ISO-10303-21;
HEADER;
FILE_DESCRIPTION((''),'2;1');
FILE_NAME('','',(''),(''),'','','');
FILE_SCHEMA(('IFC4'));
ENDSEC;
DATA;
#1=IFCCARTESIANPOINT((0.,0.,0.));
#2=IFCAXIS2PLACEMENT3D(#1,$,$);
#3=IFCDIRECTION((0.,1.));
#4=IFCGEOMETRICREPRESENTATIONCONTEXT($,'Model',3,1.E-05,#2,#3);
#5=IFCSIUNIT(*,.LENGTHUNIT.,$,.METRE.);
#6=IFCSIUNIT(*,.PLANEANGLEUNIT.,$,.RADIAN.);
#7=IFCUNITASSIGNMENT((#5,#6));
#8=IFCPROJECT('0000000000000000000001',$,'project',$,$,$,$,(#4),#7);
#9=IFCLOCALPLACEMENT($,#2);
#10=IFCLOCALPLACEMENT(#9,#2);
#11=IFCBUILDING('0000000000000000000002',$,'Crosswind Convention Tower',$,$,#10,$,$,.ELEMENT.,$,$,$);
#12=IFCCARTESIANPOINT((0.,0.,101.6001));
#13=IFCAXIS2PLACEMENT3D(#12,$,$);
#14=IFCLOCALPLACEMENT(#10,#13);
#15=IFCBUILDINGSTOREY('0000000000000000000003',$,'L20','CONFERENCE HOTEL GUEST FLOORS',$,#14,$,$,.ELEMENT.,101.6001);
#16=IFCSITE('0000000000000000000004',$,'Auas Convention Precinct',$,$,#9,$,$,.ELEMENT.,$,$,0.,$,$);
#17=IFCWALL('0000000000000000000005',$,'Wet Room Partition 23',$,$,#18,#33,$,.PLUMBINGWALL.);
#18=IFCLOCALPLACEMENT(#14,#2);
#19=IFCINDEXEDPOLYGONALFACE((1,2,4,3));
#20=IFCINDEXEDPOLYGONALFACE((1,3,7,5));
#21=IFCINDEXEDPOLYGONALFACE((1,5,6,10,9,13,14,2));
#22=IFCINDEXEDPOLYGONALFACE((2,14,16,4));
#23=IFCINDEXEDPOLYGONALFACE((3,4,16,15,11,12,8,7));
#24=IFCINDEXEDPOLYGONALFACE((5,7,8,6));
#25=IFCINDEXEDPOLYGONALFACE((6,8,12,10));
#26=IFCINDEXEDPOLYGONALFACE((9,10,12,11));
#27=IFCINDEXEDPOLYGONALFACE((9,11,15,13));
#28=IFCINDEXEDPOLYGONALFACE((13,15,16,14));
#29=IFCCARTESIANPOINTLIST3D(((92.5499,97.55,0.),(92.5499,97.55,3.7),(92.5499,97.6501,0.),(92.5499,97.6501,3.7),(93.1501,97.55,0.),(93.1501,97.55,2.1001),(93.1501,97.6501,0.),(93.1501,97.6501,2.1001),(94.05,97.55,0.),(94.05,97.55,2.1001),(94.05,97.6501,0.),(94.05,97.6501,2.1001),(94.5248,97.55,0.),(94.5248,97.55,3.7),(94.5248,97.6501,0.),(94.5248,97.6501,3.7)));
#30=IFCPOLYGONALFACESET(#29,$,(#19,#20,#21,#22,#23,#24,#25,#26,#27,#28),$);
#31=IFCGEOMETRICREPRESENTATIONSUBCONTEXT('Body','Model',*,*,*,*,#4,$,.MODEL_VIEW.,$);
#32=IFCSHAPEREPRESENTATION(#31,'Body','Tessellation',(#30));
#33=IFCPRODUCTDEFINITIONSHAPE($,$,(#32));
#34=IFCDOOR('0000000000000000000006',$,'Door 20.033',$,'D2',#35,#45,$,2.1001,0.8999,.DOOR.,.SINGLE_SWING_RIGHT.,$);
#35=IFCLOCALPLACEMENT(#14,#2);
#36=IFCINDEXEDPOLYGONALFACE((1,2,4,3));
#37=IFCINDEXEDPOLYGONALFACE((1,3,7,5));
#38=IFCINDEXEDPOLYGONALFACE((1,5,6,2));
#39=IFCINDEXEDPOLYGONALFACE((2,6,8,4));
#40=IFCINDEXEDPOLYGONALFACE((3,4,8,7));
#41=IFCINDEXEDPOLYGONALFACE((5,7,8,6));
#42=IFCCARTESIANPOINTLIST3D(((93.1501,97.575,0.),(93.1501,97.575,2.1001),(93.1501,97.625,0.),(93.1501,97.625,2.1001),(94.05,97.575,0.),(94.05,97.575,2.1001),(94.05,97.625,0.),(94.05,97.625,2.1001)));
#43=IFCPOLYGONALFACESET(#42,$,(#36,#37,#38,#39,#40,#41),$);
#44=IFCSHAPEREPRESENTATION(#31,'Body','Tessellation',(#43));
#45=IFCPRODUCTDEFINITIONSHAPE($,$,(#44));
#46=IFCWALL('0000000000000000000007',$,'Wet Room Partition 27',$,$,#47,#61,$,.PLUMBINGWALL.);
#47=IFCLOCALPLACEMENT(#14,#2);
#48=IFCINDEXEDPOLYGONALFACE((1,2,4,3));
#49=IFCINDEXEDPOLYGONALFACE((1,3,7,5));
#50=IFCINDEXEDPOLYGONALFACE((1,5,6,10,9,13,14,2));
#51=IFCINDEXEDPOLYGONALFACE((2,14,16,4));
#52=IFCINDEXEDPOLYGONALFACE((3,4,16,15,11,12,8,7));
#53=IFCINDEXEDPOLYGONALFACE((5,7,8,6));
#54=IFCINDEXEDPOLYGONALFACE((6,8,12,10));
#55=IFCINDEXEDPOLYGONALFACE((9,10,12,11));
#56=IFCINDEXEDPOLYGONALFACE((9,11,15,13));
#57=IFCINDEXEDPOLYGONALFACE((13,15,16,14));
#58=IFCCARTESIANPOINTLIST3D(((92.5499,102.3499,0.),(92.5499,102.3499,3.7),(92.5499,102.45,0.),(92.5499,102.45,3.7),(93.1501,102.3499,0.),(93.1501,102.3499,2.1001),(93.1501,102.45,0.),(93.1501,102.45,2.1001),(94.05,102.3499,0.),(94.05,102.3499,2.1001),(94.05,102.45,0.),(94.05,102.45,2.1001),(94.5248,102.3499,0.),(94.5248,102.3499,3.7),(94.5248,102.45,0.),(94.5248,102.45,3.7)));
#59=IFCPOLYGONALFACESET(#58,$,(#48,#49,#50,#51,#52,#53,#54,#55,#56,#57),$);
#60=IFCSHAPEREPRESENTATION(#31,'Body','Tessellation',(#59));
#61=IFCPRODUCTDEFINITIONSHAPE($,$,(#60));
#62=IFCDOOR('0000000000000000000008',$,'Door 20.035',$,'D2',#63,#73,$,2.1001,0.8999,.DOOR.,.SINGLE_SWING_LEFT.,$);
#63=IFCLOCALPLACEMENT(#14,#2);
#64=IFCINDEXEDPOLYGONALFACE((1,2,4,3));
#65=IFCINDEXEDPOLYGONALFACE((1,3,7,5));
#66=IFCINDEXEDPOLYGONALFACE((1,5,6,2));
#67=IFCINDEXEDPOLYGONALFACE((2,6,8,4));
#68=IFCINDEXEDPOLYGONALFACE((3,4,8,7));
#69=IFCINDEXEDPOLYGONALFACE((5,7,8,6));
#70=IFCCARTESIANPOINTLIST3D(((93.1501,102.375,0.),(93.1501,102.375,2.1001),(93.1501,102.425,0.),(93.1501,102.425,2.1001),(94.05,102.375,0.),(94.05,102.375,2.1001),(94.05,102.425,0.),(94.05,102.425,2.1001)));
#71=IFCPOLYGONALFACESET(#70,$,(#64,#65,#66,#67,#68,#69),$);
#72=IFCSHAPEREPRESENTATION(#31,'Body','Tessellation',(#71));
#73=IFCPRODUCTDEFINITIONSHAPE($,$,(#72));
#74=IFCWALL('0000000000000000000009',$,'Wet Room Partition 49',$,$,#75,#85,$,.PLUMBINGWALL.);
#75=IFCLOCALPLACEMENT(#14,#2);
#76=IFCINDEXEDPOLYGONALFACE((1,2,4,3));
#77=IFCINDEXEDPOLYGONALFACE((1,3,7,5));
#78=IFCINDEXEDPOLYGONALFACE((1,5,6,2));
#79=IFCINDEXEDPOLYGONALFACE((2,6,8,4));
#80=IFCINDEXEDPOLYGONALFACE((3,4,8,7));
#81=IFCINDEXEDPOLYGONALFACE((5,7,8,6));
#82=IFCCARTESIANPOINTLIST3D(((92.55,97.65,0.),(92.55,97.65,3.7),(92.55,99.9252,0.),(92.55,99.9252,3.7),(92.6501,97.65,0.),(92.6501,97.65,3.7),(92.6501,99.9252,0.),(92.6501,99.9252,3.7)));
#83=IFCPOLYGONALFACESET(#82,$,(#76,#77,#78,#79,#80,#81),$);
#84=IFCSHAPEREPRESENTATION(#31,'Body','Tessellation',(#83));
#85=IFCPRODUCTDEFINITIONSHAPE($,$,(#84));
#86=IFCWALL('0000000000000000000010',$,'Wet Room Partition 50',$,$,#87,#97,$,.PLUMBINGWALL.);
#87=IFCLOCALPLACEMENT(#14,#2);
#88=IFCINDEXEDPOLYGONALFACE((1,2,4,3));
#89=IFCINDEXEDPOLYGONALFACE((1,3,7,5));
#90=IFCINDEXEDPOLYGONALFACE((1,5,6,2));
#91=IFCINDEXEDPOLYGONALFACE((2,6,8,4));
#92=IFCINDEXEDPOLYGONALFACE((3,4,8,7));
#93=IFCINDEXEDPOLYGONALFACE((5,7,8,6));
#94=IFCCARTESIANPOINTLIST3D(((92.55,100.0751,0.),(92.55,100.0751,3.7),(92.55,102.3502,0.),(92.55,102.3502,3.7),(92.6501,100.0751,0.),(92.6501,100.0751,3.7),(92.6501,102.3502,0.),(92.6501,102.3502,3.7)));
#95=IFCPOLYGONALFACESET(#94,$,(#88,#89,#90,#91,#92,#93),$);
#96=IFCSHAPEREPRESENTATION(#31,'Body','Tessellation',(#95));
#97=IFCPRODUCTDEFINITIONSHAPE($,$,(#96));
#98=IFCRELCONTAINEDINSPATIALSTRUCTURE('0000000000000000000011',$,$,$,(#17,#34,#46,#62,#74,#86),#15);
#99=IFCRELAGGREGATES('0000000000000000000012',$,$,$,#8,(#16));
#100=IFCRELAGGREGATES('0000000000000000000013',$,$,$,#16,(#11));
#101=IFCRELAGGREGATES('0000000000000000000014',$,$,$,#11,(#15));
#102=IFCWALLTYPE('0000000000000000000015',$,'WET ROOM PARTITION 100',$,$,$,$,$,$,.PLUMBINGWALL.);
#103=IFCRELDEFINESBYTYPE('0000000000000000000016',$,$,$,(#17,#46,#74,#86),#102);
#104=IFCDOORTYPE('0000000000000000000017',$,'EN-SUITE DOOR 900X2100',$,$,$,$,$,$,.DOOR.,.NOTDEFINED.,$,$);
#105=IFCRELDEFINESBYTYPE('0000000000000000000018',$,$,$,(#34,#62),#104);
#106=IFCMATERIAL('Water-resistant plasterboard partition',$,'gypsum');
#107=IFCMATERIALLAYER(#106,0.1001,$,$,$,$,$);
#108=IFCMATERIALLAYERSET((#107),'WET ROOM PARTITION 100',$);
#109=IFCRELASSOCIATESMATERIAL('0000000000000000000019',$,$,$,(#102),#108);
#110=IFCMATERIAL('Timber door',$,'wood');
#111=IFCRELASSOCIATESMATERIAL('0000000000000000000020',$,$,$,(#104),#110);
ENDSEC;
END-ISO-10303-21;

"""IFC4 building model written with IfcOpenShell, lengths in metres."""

from ifc_helpers import new_model, si_unit, direction, frame, frame_2d, origin, place, context, subcontext, project, spatial, rectangle, extrude, material, layer, layer_set, type_object, element, fill, save


model = new_model("IFC4")

# Units and contexts
model_context = context("Model", 3, precision=1e-05, world=origin(), true_north=direction((0.0, 1.0)))
body_context = subcontext(model_context, "Body", "Model", "MODEL_VIEW")
ifc_project = project(units=[si_unit("LENGTHUNIT", "METRE"), si_unit("PLANEANGLEUNIT", "RADIAN")], contexts=[model_context])

# Site, building, storey
site_placement = place(None, origin())
site = spatial("IfcSite", under=ifc_project, at=site_placement, Name="Auas Convention Precinct", CompositionType="ELEMENT", RefElevation=0.0)
building_placement = place(site_placement, origin())
building = spatial("IfcBuilding", under=site, at=building_placement, Name="Crosswind Convention Tower", CompositionType="ELEMENT")
storey_placement = place(building_placement, frame((0.0, 0.0, 101.6001)))
storey = spatial("IfcBuildingStorey", under=building, at=storey_placement, Name="L20", Description="CONFERENCE HOTEL GUEST FLOORS", CompositionType="ELEMENT", Elevation=101.6001)

# Shared definitions
ifc_material_1 = material(Name="Timber door", Category="wood")

# Walls, openings, doors
ifc_material_2 = material(Name="Water-resistant plasterboard partition", Category="gypsum")
ifc_layer_1 = layer(ifc_material_2, 0.1001)
ifc_layer_set_1 = layer_set([ifc_layer_1], Name="WET ROOM PARTITION 100")
wall_type_1 = type_object("IfcWallType", Name="WET ROOM PARTITION 100", PredefinedType="PLUMBINGWALL", material=ifc_layer_set_1)
wall_1_placement = place(storey_placement, frame((92.55, 97.6001, 0.0), z_axis=(0.0, 0.0, 1.0), x_axis=(1.0, 0.0, 0.0)))
wall_1 = element("IfcWall", 1, at=wall_1_placement, inside=storey, type_object=wall_type_1, Name="Wet Room Partition 23", PredefinedType="PLUMBINGWALL", context=body_context, shape_type="SweptSolid", body=[
    extrude(rectangle(XDim=1.9749, YDim=0.1001, at=frame_2d((0.9873, 0.0))), origin(), (0.0, 0.0, 1.0), 3.7),
])
opening_1_placement = place(wall_1_placement, frame((0.6001, 0.0, 0.0)))
opening_1 = element("IfcOpeningElement", 2, at=opening_1_placement, cuts=wall_1, PredefinedType="OPENING", context=body_context, shape_type="SweptSolid", body=[
    extrude(rectangle(XDim=0.8999, YDim=2.1001, at=frame_2d((0.45, 1.05))), frame((0.0, 0.0601, 0.0), z_axis=(0.0, -1.0, 0.0), x_axis=(1.0, 0.0, 0.0)), (0.0, 0.0, 1.0), 0.1201),
])
door_type_1 = type_object("IfcDoorType", Name="EN-SUITE DOOR 900X2100", OperationType="NOTDEFINED", PredefinedType="DOOR", material=ifc_material_1)
door_1_placement = place(opening_1_placement, origin())
door_1 = element("IfcDoor", 3, at=door_1_placement, inside=storey, type_object=door_type_1, Name="Door 20.033", ObjectType="D2", OperationType="SINGLE_SWING_RIGHT", OverallHeight=2.1001, OverallWidth=0.8999, PredefinedType="DOOR", context=body_context, shape_type="SweptSolid", body=[
    extrude(rectangle(XDim=0.8999, YDim=2.1001, at=frame_2d((0.45, 1.05))), frame((0.0, 0.0249, 0.0), z_axis=(0.0, -1.0, 0.0), x_axis=(1.0, 0.0, 0.0)), (0.0, 0.0, 1.0), 0.05),
])
fill(opening_1, door_1)
wall_2_placement = place(storey_placement, frame((92.55, 102.3999, 0.0), z_axis=(0.0, 0.0, 1.0), x_axis=(1.0, 0.0, 0.0)))
wall_2 = element("IfcWall", 4, at=wall_2_placement, inside=storey, type_object=wall_type_1, Name="Wet Room Partition 27", PredefinedType="PLUMBINGWALL", context=body_context, shape_type="SweptSolid", body=[
    extrude(rectangle(XDim=1.9749, YDim=0.1001, at=frame_2d((0.9873, 0.0))), origin(), (0.0, 0.0, 1.0), 3.7),
])
opening_2_placement = place(wall_2_placement, frame((0.6001, 0.0, 0.0)))
opening_2 = element("IfcOpeningElement", 5, at=opening_2_placement, cuts=wall_2, PredefinedType="OPENING", context=body_context, shape_type="SweptSolid", body=[
    extrude(rectangle(XDim=0.8999, YDim=2.1001, at=frame_2d((0.45, 1.05))), frame((0.0, 0.0601, 0.0), z_axis=(0.0, -1.0, 0.0), x_axis=(1.0, 0.0, 0.0)), (0.0, 0.0, 1.0), 0.1201),
])
door_2_placement = place(opening_2_placement, frame((0.8999, 0.0, 0.0), z_axis=(0.0, 0.0, 1.0), x_axis=(-1.0, 0.0, 0.0)))
door_2 = element("IfcDoor", 6, at=door_2_placement, inside=storey, type_object=door_type_1, Name="Door 20.035", ObjectType="D2", OperationType="SINGLE_SWING_LEFT", OverallHeight=2.1001, OverallWidth=0.8999, PredefinedType="DOOR", context=body_context, shape_type="SweptSolid", body=[
    extrude(rectangle(XDim=0.8999, YDim=2.1001, at=frame_2d((0.45, 1.05))), frame((0.0, 0.0249, 0.0), z_axis=(0.0, -1.0, 0.0), x_axis=(1.0, 0.0, 0.0)), (0.0, 0.0, 1.0), 0.05),
])
fill(opening_2, door_2)

# Walls
for number, where, z_axis, x_axis, name in (
    (7, (92.6001, 97.6499, 0.0), (0.0, 0.0, 1.0), (0.0, 1.0, 0.0), "Wet Room Partition 49"),
    (8, (92.6001, 100.075, 0.0), (0.0, 0.0, 1.0), (0.0, 1.0, 0.0), "Wet Room Partition 50"),
):
    element("IfcWall", number, at=place(storey_placement, frame(where, z_axis=z_axis, x_axis=x_axis)), inside=storey, type_object=wall_type_1, Name=name, PredefinedType="PLUMBINGWALL", context=body_context, shape_type="SweptSolid", body=[
        extrude(rectangle(XDim=2.2751, YDim=0.1001, at=frame_2d((1.1377, 0.0))), origin(), (0.0, 0.0, 1.0), 3.7),
    ])

save(model, "model.ifc")
